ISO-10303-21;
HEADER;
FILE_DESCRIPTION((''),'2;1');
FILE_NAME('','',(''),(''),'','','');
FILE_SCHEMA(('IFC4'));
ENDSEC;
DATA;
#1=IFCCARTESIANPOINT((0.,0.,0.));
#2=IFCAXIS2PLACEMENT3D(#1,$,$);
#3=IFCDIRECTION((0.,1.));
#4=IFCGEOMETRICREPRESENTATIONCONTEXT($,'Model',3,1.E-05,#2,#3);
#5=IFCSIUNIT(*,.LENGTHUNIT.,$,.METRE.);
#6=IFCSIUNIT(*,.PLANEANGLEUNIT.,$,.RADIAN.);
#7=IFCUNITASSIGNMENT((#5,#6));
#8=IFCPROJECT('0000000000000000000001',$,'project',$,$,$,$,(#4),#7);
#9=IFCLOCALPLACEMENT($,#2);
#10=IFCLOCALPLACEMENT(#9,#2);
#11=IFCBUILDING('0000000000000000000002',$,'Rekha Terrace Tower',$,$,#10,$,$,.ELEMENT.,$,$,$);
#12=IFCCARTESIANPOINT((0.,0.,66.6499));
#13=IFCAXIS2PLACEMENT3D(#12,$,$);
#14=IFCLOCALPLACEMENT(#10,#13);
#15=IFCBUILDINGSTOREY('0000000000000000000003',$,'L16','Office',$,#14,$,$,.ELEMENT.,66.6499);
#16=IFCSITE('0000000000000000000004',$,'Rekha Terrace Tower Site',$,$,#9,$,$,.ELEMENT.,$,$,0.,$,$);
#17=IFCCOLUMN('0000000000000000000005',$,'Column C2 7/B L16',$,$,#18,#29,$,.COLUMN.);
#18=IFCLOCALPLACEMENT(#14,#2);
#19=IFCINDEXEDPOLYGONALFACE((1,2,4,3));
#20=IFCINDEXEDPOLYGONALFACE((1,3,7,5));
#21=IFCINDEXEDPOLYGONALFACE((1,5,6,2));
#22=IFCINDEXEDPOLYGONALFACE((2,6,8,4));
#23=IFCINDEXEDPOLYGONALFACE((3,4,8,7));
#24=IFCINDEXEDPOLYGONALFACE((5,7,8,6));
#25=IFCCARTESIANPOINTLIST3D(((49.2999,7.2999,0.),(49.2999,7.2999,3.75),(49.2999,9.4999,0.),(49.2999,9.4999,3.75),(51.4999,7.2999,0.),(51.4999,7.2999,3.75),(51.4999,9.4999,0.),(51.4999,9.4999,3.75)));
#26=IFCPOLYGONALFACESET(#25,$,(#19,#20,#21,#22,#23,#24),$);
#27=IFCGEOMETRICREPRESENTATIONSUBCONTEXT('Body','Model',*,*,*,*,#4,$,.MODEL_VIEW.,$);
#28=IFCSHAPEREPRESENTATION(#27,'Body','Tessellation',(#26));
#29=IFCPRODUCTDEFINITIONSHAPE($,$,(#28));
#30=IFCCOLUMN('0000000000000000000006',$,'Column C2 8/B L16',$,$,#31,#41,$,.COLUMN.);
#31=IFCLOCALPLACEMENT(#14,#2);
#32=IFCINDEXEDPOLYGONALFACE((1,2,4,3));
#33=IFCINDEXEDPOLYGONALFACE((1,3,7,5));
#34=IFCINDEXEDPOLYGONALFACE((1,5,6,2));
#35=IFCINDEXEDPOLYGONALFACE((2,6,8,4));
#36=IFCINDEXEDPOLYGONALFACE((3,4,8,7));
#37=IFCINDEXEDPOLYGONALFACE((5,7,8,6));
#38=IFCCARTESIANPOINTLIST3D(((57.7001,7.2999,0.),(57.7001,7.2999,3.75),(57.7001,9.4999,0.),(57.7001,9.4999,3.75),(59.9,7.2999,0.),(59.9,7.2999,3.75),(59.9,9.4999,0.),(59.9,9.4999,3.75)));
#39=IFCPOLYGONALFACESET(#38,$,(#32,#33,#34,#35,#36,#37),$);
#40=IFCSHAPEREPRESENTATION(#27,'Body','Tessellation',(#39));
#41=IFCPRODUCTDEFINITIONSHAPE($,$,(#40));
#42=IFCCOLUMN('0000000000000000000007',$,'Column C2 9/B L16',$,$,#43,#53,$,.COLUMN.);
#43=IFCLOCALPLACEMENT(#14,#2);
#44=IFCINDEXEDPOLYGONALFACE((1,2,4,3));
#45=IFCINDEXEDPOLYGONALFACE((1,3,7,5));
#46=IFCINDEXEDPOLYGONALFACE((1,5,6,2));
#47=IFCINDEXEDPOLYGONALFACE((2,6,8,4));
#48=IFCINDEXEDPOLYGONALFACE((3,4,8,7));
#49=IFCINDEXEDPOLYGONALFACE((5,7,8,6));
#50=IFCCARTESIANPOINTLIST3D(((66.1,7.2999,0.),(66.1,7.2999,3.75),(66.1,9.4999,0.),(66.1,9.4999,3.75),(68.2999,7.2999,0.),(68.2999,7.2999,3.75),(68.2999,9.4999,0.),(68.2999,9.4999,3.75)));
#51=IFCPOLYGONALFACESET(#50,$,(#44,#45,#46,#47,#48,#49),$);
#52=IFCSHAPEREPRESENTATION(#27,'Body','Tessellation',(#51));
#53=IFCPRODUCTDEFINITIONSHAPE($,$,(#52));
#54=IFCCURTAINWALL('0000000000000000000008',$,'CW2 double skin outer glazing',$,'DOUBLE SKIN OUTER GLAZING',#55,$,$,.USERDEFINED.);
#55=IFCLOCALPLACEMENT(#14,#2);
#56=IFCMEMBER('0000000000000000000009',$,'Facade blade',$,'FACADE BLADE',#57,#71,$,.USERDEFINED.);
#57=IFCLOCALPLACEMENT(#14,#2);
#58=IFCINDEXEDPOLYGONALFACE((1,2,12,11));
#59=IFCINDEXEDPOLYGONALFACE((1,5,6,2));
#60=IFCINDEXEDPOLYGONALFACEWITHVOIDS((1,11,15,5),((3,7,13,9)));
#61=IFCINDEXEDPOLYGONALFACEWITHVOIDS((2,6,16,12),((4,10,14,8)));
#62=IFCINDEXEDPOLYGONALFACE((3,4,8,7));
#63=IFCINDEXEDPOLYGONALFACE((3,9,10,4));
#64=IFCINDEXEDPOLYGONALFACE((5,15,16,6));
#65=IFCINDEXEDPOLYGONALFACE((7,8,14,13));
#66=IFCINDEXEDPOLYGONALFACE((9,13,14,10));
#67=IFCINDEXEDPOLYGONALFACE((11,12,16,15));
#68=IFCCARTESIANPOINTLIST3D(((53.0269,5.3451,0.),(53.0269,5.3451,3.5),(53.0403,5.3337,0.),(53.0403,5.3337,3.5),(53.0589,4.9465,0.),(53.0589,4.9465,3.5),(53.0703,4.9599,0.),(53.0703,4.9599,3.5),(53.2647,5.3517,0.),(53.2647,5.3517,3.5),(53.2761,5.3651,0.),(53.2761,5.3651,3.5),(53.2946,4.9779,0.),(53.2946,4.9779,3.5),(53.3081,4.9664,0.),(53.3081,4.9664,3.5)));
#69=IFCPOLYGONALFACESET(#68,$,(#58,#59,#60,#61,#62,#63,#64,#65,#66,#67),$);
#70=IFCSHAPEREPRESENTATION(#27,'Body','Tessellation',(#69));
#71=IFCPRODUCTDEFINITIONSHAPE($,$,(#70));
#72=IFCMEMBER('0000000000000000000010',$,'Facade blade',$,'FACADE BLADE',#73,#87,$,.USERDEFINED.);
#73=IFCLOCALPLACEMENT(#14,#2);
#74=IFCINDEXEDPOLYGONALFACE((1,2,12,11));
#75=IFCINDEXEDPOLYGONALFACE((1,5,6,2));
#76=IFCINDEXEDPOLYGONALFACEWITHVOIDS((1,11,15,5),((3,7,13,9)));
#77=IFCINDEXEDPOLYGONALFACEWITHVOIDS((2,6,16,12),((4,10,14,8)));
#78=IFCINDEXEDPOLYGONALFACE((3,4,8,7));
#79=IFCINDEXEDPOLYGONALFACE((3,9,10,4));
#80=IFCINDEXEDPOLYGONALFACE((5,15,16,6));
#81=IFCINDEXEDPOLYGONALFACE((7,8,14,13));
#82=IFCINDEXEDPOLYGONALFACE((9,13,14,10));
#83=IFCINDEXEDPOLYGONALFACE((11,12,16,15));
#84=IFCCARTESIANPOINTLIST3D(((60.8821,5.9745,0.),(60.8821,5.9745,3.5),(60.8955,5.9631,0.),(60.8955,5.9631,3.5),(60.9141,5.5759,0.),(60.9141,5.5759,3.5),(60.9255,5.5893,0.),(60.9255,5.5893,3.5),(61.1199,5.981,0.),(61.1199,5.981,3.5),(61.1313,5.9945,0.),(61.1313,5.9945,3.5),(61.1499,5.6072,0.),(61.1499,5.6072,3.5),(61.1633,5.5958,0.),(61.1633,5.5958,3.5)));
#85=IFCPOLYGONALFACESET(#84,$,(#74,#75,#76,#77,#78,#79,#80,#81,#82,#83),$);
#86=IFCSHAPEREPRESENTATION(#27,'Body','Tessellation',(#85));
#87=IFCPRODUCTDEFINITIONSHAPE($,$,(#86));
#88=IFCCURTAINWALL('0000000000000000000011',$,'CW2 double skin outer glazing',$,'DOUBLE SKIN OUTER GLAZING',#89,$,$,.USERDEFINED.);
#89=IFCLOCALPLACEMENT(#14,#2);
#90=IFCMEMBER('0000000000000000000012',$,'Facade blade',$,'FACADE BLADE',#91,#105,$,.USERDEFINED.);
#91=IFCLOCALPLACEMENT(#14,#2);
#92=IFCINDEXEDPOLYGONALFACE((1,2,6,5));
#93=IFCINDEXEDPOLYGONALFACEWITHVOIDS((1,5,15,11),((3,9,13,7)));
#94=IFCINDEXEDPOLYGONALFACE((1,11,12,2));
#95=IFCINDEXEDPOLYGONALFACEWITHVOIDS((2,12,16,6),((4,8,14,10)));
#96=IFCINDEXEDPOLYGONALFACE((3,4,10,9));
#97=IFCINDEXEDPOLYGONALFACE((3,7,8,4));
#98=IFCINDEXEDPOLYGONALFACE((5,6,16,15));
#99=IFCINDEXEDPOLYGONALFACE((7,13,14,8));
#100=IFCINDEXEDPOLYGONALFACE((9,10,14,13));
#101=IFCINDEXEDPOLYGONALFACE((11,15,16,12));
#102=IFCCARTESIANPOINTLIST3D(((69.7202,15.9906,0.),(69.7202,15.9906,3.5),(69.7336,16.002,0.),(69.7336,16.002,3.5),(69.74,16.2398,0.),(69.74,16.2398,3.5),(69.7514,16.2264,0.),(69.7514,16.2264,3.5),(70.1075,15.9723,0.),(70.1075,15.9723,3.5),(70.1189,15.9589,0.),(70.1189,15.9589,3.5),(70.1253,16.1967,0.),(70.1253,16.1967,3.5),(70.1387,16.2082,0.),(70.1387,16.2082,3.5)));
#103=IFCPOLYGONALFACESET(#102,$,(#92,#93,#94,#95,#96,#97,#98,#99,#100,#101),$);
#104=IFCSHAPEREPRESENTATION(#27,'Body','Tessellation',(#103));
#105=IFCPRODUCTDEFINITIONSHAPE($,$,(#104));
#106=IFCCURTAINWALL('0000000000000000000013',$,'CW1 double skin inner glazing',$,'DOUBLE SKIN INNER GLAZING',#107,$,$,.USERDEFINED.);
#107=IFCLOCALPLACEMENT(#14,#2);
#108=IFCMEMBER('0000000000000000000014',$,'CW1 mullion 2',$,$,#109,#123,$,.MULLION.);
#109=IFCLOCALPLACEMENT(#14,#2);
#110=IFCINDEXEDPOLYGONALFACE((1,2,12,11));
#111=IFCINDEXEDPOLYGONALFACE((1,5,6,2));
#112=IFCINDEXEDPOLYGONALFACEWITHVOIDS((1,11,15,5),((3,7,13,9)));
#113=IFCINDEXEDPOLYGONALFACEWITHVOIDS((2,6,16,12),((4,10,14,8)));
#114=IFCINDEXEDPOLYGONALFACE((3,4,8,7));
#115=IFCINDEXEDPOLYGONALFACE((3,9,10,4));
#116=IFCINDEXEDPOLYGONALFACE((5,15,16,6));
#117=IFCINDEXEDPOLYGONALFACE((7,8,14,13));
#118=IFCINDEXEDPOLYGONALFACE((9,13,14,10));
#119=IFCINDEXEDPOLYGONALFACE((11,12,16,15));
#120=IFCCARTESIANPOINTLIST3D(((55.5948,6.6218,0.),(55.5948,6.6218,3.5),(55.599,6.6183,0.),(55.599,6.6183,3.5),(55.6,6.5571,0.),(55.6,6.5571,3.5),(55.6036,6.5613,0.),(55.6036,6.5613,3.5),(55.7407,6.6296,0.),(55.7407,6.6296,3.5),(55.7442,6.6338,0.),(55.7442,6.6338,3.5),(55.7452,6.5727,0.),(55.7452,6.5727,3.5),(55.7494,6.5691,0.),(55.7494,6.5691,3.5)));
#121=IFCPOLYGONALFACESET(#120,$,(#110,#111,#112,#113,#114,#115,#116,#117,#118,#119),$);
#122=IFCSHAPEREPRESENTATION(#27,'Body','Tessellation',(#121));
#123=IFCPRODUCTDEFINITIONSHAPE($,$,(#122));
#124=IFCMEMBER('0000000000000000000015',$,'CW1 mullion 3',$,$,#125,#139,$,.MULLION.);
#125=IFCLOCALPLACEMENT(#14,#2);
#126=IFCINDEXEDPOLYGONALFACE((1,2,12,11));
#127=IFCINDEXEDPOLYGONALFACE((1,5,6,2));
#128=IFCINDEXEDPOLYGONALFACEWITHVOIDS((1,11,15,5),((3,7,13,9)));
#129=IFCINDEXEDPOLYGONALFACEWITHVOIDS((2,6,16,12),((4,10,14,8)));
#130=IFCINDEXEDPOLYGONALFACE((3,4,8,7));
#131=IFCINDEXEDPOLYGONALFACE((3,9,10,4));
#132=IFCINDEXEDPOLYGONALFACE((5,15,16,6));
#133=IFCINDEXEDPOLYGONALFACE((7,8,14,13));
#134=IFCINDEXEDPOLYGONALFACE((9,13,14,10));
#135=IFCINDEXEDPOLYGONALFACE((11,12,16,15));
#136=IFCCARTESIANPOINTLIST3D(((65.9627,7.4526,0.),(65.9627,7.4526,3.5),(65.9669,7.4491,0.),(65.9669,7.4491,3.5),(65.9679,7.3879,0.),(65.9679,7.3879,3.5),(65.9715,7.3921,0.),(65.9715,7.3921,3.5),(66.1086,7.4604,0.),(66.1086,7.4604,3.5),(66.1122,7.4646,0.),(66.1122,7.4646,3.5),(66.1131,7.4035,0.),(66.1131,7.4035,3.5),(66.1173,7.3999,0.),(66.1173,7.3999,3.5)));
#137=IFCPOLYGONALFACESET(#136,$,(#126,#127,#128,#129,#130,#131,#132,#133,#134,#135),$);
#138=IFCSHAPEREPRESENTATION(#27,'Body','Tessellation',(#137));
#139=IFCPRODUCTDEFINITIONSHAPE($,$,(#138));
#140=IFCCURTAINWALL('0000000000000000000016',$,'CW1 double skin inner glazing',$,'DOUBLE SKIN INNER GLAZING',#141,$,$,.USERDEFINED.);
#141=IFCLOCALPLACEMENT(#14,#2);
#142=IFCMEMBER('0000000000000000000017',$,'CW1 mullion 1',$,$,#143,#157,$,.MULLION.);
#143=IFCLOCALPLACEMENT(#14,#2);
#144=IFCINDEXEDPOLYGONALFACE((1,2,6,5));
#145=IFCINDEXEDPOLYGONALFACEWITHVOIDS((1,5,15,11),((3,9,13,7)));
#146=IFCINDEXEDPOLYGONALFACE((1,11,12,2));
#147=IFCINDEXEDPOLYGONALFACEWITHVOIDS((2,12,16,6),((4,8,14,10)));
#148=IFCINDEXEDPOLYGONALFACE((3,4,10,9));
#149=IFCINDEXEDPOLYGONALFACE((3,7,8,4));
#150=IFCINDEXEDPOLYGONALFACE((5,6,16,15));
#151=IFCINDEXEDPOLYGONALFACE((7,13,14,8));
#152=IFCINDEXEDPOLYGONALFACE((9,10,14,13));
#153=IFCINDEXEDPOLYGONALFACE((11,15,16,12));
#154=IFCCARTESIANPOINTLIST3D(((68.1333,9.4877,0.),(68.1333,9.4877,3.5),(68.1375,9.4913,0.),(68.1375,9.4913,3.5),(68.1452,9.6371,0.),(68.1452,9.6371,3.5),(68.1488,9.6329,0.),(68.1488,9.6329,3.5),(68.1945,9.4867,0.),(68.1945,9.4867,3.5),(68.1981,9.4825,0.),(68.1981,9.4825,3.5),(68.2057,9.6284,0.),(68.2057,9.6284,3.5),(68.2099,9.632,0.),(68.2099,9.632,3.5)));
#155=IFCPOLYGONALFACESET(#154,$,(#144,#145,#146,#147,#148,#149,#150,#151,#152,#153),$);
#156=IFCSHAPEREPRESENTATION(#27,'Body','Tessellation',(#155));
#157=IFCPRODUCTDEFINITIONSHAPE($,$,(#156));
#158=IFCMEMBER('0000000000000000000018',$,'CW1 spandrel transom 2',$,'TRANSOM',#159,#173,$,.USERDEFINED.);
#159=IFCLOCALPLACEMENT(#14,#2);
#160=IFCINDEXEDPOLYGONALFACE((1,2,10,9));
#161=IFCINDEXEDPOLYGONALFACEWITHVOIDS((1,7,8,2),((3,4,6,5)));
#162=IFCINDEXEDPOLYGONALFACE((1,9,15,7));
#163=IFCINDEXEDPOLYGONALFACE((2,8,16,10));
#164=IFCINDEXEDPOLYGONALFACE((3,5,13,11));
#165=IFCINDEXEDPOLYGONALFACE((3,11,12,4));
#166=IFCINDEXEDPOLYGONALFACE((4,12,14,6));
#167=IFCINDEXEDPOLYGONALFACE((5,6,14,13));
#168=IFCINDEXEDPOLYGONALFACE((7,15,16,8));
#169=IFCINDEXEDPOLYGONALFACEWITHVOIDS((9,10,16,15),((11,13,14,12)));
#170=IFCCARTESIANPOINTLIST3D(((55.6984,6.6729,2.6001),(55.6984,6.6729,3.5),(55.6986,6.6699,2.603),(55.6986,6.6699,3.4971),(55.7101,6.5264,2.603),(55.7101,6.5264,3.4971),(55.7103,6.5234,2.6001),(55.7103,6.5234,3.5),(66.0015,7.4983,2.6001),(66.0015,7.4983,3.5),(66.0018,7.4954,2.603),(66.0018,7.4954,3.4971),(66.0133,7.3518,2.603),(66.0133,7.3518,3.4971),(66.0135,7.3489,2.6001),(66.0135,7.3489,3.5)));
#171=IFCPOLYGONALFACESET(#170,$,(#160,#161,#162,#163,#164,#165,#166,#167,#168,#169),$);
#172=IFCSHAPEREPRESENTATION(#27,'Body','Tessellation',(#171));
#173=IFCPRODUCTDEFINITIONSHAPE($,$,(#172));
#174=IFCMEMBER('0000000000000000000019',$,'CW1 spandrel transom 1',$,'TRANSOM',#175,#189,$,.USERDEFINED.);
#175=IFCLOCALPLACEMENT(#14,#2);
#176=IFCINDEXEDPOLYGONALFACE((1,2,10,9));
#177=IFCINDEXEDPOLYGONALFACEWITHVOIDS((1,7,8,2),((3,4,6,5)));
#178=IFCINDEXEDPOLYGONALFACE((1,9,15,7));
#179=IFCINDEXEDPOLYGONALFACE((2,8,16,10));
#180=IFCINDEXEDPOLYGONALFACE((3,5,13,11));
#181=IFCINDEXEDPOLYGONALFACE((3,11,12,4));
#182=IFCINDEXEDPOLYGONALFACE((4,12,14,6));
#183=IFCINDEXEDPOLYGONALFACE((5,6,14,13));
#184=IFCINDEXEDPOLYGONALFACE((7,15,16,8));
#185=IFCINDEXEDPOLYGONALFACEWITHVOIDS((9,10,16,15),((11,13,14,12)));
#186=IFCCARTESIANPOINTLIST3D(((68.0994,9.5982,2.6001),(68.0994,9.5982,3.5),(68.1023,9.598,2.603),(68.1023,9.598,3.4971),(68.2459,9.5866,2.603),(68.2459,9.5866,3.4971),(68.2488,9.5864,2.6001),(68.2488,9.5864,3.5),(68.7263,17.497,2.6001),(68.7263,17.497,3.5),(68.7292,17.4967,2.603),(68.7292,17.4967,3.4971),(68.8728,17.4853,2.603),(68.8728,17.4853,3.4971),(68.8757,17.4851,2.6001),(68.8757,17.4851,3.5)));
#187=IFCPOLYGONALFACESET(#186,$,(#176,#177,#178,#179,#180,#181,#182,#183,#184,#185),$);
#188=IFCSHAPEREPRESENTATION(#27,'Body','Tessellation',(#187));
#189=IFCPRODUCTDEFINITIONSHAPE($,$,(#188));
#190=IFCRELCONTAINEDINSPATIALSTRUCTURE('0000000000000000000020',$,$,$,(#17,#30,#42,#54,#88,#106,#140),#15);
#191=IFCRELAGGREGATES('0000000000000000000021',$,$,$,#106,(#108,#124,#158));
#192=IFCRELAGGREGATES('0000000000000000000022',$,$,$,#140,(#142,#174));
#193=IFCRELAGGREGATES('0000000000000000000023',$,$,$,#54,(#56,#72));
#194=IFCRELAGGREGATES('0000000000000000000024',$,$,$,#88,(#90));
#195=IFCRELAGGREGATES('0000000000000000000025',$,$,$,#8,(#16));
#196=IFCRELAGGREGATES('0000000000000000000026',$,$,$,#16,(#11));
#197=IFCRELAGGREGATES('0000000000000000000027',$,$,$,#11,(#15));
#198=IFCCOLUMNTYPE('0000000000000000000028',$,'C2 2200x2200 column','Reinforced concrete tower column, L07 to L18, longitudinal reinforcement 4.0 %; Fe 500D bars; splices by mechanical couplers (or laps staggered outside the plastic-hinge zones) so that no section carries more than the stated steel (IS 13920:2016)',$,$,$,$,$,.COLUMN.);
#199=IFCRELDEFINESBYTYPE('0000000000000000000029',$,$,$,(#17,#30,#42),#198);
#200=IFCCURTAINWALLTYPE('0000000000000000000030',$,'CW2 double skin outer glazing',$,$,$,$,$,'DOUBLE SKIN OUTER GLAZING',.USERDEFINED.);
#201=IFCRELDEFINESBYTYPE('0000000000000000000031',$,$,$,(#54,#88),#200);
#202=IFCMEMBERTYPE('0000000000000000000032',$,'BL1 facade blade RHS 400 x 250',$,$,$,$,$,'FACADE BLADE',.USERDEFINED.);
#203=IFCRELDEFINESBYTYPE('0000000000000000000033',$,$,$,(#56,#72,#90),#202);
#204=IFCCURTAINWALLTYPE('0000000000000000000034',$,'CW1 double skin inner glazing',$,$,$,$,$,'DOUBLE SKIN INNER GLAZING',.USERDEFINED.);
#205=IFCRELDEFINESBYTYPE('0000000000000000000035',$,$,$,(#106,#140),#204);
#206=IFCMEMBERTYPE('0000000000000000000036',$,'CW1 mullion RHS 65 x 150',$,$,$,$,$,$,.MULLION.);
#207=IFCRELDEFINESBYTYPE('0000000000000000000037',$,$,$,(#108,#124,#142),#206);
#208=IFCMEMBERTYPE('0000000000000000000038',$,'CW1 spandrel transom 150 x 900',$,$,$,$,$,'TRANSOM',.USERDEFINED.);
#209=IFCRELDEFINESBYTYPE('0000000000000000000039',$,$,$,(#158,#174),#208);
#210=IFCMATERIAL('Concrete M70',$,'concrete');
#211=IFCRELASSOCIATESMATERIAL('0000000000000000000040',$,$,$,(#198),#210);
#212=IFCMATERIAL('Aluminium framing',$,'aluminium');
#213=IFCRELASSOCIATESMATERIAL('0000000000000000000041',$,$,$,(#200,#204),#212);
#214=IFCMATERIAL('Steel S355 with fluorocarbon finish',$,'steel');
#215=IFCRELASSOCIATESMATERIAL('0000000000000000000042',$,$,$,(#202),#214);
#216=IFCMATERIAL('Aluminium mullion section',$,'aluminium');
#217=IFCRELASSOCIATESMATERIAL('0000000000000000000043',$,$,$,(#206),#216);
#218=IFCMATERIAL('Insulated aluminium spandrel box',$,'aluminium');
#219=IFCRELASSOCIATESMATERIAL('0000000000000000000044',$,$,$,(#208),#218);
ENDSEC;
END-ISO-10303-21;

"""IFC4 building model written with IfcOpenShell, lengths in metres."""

from ifc_helpers import new_model, si_unit, direction, frame, origin, origin_2d, place, context, subcontext, project, spatial, rectangle, hollow_rectangle, extrude, material, material_profile, profile_set, type_object, element, aggregate, save


model = new_model("IFC4")

# Units and contexts
model_context = context("Model", 3, precision=1e-05, world=origin(), true_north=direction((0.0, 1.0)))
body_context = subcontext(model_context, "Body", "Model", "MODEL_VIEW")
ifc_project = project(units=[si_unit("LENGTHUNIT", "METRE"), si_unit("PLANEANGLEUNIT", "RADIAN")], contexts=[model_context])

# Site, building, storey
site_placement = place(None, origin())
site = spatial("IfcSite", under=ifc_project, at=site_placement, Name="Rekha Terrace Tower Site", CompositionType="ELEMENT", RefElevation=0.0)
building_placement = place(site_placement, origin())
building = spatial("IfcBuilding", under=site, at=building_placement, Name="Rekha Terrace Tower", CompositionType="ELEMENT")
storey_placement = place(building_placement, frame((0.0, 0.0, 66.6499)))
storey = spatial("IfcBuildingStorey", under=building, at=storey_placement, Name="L16", Description="Office", CompositionType="ELEMENT", Elevation=66.6499)

# Columns
ifc_material_1 = material(Name="Concrete M70", Category="concrete")
ifc_material_profile_1 = material_profile(ifc_material_1, rectangle(XDim=2.2, YDim=2.2, at=origin_2d()), Name="RC 2200x2200")
ifc_profile_set_1 = profile_set([ifc_material_profile_1], Name="Concrete M70")
column_type = type_object("IfcColumnType", Name="C2 2200x2200 column", Description="Reinforced concrete tower column, L07 to L18, longitudinal reinforcement 4.0 %; Fe 500D bars; splices by mechanical couplers (or laps staggered outside the plastic-hinge zones) so that no section carries more than the stated steel (IS 13920:2016)", PredefinedType="COLUMN", material=ifc_profile_set_1)
for number, where, z_axis, x_axis, name in (
    (1, (50.3999, 8.3999, 0.0), (0.0, 0.0, 1.0), (1.0, 0.0, 0.0), "Column C2 7/B L16"),
    (2, (58.8, 8.3999, 0.0), (0.0, 0.0, 1.0), (1.0, 0.0, 0.0), "Column C2 8/B L16"),
    (3, (67.2, 8.3999, 0.0), (0.0, 0.0, 1.0), (1.0, 0.0, 0.0), "Column C2 9/B L16"),
):
    element("IfcColumn", number, at=place(storey_placement, frame(where, z_axis=z_axis, x_axis=x_axis)), inside=storey, type_object=column_type, Name=name, PredefinedType="COLUMN", context=body_context, shape_type="SweptSolid", body=[
        extrude(rectangle(XDim=2.2, YDim=2.2, at=origin_2d()), origin(), (0.0, 0.0, 1.0), 3.75),
    ])

# Curtain wall, members
ifc_material_2 = material(Name="Aluminium framing", Category="aluminium")
curtain_wall_type_1 = type_object("IfcCurtainWallType", Name="CW2 double skin outer glazing", ElementType="DOUBLE SKIN OUTER GLAZING", PredefinedType="USERDEFINED", material=ifc_material_2)
curtain_wall_1_placement = place(storey_placement, origin())
curtain_wall_1 = element("IfcCurtainWall", 4, at=curtain_wall_1_placement, inside=storey, type_object=curtain_wall_type_1, Name="CW2 double skin outer glazing", ObjectType="DOUBLE SKIN OUTER GLAZING", PredefinedType="USERDEFINED")
ifc_material_3 = material(Name="Steel S355 with fluorocarbon finish", Category="steel")
ifc_material_profile_2 = material_profile(ifc_material_3, hollow_rectangle(XDim=0.25, YDim=0.3999, WallThickness=0.0125, at=origin_2d()), Name="RHS400x250x12.5")
ifc_profile_set_2 = profile_set([ifc_material_profile_2], Name="Steel S355 with fluorocarbon finish")
member_type_1 = type_object("IfcMemberType", Name="BL1 facade blade RHS 400 x 250", ElementType="FACADE BLADE", PredefinedType="USERDEFINED", material=ifc_profile_set_2)
member_1_placement = place(storey_placement, frame((53.1675, 5.1558, 0.0), z_axis=(0.0, 0.0, 1.0), x_axis=(0.996805, 0.079872, 0.0)))
member_1 = element("IfcMember", 5, at=member_1_placement, type_object=member_type_1, Name="Facade blade", ObjectType="FACADE BLADE", PredefinedType="USERDEFINED", context=body_context, shape_type="SweptSolid", body=[
    extrude(hollow_rectangle(XDim=0.25, YDim=0.3999, WallThickness=0.0125, at=origin_2d()), origin(), (0.0, 0.0, 1.0), 3.5),
])
member_2_placement = place(storey_placement, frame((61.0227, 5.7852, 0.0), z_axis=(0.0, 0.0, 1.0), x_axis=(0.996805, 0.079872, 0.0)))
member_2 = element("IfcMember", 6, at=member_2_placement, type_object=member_type_1, Name="Facade blade", ObjectType="FACADE BLADE", PredefinedType="USERDEFINED", context=body_context, shape_type="SweptSolid", body=[
    extrude(hollow_rectangle(XDim=0.25, YDim=0.3999, WallThickness=0.0125, at=origin_2d()), origin(), (0.0, 0.0, 1.0), 3.5),
])

# Curtain wall, member
curtain_wall_2_placement = place(storey_placement, origin())
curtain_wall_2 = element("IfcCurtainWall", 7, at=curtain_wall_2_placement, inside=storey, type_object=curtain_wall_type_1, Name="CW2 double skin outer glazing", ObjectType="DOUBLE SKIN OUTER GLAZING", PredefinedType="USERDEFINED")
member_3_placement = place(storey_placement, frame((69.9294, 16.0994, 0.0), z_axis=(0.0, 0.0, 1.0), x_axis=(0.079117, 0.996865, 0.0)))
member_3 = element("IfcMember", 8, at=member_3_placement, type_object=member_type_1, Name="Facade blade", ObjectType="FACADE BLADE", PredefinedType="USERDEFINED", context=body_context, shape_type="SweptSolid", body=[
    extrude(hollow_rectangle(XDim=0.25, YDim=0.3999, WallThickness=0.0125, at=origin_2d()), origin(), (0.0, 0.0, 1.0), 3.5),
])

# Curtain wall, members
curtain_wall_type_2 = type_object("IfcCurtainWallType", Name="CW1 double skin inner glazing", ElementType="DOUBLE SKIN INNER GLAZING", PredefinedType="USERDEFINED", material=ifc_material_2)
curtain_wall_3_placement = place(storey_placement, origin())
curtain_wall_3 = element("IfcCurtainWall", 9, at=curtain_wall_3_placement, inside=storey, type_object=curtain_wall_type_2, Name="CW1 double skin inner glazing", ObjectType="DOUBLE SKIN INNER GLAZING", PredefinedType="USERDEFINED")
ifc_material_4 = material(Name="Aluminium mullion section", Category="aluminium")
ifc_material_profile_3 = material_profile(ifc_material_4, hollow_rectangle(XDim=0.0649, YDim=0.1499, WallThickness=0.0039, at=origin_2d()), Name="AL RHS 65x150")
ifc_profile_set_3 = profile_set([ifc_material_profile_3], Name="Aluminium mullion section")
member_type_2 = type_object("IfcMemberType", Name="CW1 mullion RHS 65 x 150", PredefinedType="MULLION", material=ifc_profile_set_3)
member_4_placement = place(storey_placement, frame((55.6721, 6.5955, 0.0), z_axis=(0.0, 0.0, 1.0), x_axis=(-0.079872, 0.996805, 0.0)))
member_4 = element("IfcMember", 10, at=member_4_placement, type_object=member_type_2, Name="CW1 mullion 2", PredefinedType="MULLION", context=body_context, shape_type="SweptSolid", body=[
    extrude(hollow_rectangle(XDim=0.0649, YDim=0.1499, WallThickness=0.0039, at=origin_2d()), origin(), (0.0, 0.0, 1.0), 3.5),
])
member_5_placement = place(storey_placement, frame((66.04, 7.4263, 0.0), z_axis=(0.0, 0.0, 1.0), x_axis=(-0.079872, 0.996805, 0.0)))
member_5 = element("IfcMember", 11, at=member_5_placement, type_object=member_type_2, Name="CW1 mullion 3", PredefinedType="MULLION", context=body_context, shape_type="SweptSolid", body=[
    extrude(hollow_rectangle(XDim=0.0649, YDim=0.1499, WallThickness=0.0039, at=origin_2d()), origin(), (0.0, 0.0, 1.0), 3.5),
])

# Curtain wall, member
curtain_wall_4_placement = place(storey_placement, origin())
curtain_wall_4 = element("IfcCurtainWall", 12, at=curtain_wall_4_placement, inside=storey, type_object=curtain_wall_type_2, Name="CW1 double skin inner glazing", ObjectType="DOUBLE SKIN INNER GLAZING", PredefinedType="USERDEFINED")
member_6_placement = place(storey_placement, frame((68.1716, 9.5598, 0.0), z_axis=(0.0, 0.0, 1.0), x_axis=(-0.996865, 0.079116, 0.0)))
member_6 = element("IfcMember", 13, at=member_6_placement, type_object=member_type_2, Name="CW1 mullion 1", PredefinedType="MULLION", context=body_context, shape_type="SweptSolid", body=[
    extrude(hollow_rectangle(XDim=0.0649, YDim=0.1499, WallThickness=0.0039, at=origin_2d()), origin(), (0.0, 0.0, 1.0), 3.5),
])

# Members
ifc_material_5 = material(Name="Insulated aluminium spandrel box", Category="aluminium")
ifc_material_profile_4 = material_profile(ifc_material_5, hollow_rectangle(XDim=0.1499, YDim=0.8999, WallThickness=0.0029, at=origin_2d()), Name="AL SPANDREL BOX 150x900")
ifc_profile_set_4 = profile_set([ifc_material_profile_4], Name="Insulated aluminium spandrel box")
member_type_3 = type_object("IfcMemberType", Name="CW1 spandrel transom 150 x 900", ElementType="TRANSOM", PredefinedType="USERDEFINED", material=ifc_profile_set_4)
member_7_placement = place(storey_placement, frame((55.7043, 6.5981, 3.05), z_axis=(0.996806, 0.079859, 0.0), x_axis=(-0.079859, 0.996806, 0.0)))
member_7 = element("IfcMember", 14, at=member_7_placement, type_object=member_type_3, Name="CW1 spandrel transom 2", ObjectType="TRANSOM", PredefinedType="USERDEFINED", context=body_context, shape_type="SweptSolid", body=[
    extrude(hollow_rectangle(XDim=0.1499, YDim=0.8999, WallThickness=0.0029, at=origin_2d()), origin(), (0.0, 0.0, 1.0), 10.3362),
])
member_8_placement = place(storey_placement, frame((68.1741, 9.5923, 3.05), z_axis=(0.079126, 0.996865, 0.0), x_axis=(-0.996865, 0.079126, 0.0)))
member_8 = element("IfcMember", 15, at=member_8_placement, type_object=member_type_3, Name="CW1 spandrel transom 1", ObjectType="TRANSOM", PredefinedType="USERDEFINED", context=body_context, shape_type="SweptSolid", body=[
    extrude(hollow_rectangle(XDim=0.1499, YDim=0.8999, WallThickness=0.0029, at=origin_2d()), origin(), (0.0, 0.0, 1.0), 7.9236),
])

aggregate(curtain_wall_3, [member_4, member_5, member_7])
aggregate(curtain_wall_4, [member_6, member_8])
aggregate(curtain_wall_1, [member_1, member_2])
aggregate(curtain_wall_2, [member_3])

save(model, "model.ifc")
